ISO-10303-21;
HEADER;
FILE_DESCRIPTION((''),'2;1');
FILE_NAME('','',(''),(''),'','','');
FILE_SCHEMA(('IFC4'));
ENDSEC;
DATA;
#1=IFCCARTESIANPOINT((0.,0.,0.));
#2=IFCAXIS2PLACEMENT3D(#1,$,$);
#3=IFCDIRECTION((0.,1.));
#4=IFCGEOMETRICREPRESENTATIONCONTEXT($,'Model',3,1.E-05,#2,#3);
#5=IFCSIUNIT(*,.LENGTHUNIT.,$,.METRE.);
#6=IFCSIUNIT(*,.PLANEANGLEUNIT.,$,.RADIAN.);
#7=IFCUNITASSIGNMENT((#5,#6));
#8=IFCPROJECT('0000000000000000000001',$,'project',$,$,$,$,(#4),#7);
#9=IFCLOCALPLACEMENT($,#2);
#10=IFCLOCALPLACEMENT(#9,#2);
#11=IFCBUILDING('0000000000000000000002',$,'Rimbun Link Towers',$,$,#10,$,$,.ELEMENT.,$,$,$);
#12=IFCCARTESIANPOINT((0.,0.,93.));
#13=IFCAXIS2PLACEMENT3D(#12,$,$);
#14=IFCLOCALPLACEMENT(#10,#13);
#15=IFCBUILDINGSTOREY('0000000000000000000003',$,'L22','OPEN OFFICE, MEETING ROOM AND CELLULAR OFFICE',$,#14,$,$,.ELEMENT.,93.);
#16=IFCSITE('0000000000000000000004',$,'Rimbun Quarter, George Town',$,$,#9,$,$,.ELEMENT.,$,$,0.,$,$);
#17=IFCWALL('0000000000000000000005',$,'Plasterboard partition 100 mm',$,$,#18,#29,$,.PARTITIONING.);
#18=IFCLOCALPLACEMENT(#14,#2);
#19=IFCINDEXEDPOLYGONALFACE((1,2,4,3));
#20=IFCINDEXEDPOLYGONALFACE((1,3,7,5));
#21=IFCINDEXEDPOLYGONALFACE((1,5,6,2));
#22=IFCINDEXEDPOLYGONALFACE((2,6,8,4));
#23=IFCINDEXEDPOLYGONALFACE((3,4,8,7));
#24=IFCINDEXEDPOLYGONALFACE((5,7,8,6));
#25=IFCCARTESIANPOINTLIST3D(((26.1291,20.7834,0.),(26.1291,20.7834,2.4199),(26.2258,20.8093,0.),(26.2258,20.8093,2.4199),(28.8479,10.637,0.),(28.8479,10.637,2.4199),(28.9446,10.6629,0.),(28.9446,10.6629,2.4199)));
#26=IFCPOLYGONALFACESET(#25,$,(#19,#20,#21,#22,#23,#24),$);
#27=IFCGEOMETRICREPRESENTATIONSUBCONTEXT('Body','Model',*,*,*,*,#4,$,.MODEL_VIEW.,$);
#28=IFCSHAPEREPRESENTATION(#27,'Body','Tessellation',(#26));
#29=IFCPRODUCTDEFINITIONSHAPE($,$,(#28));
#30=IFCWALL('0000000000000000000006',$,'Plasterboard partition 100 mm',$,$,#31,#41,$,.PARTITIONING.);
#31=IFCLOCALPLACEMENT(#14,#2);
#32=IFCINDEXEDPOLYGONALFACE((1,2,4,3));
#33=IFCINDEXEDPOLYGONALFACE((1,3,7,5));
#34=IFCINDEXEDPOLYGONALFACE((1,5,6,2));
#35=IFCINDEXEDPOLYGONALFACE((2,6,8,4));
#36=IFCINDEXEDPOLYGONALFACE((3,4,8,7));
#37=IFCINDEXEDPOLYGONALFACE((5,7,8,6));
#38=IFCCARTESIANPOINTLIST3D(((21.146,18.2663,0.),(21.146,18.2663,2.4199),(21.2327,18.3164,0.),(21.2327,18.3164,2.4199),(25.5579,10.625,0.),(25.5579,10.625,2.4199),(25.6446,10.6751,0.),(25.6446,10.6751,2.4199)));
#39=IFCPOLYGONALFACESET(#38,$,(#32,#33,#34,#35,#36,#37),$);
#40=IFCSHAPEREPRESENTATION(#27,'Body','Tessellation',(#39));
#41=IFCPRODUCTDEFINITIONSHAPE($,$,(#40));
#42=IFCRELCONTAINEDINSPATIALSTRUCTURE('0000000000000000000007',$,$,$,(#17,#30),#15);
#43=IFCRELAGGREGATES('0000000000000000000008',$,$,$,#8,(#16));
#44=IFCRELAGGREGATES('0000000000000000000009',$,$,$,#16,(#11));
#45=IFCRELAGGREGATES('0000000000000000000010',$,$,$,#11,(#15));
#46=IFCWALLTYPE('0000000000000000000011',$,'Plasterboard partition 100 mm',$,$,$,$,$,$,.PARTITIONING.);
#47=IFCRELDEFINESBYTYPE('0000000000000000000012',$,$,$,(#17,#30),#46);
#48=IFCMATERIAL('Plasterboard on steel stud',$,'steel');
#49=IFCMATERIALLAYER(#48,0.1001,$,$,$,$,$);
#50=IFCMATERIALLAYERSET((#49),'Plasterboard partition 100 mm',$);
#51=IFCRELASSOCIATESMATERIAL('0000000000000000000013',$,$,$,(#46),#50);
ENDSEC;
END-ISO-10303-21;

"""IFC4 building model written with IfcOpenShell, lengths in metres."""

from ifc_helpers import new_model, si_unit, direction, frame, frame_2d, origin, place, context, subcontext, project, spatial, rectangle, extrude, material, layer, layer_set, type_object, element, save


model = new_model("IFC4")

# Units and contexts
model_context = context("Model", 3, precision=1e-05, world=origin(), true_north=direction((0.0, 1.0)))
body_context = subcontext(model_context, "Body", "Model", "MODEL_VIEW")
ifc_project = project(units=[si_unit("LENGTHUNIT", "METRE"), si_unit("PLANEANGLEUNIT", "RADIAN")], contexts=[model_context])

# Site, building, storey
site_placement = place(None, origin())
site = spatial("IfcSite", under=ifc_project, at=site_placement, Name="Rimbun Quarter, George Town", CompositionType="ELEMENT", RefElevation=0.0)
building_placement = place(site_placement, origin())
building = spatial("IfcBuilding", under=site, at=building_placement, Name="Rimbun Link Towers", CompositionType="ELEMENT")
storey_placement = place(building_placement, frame((0.0, 0.0, 93.0)))
storey = spatial("IfcBuildingStorey", under=building, at=storey_placement, Name="L22", Description="OPEN OFFICE, MEETING ROOM AND CELLULAR OFFICE", CompositionType="ELEMENT", Elevation=93.0)

# Walls
ifc_material_1 = material(Name="Plasterboard on steel stud", Category="steel")
ifc_layer_1 = layer(ifc_material_1, 0.1001)
ifc_layer_set_1 = layer_set([ifc_layer_1], Name="Plasterboard partition 100 mm")
wall_type = type_object("IfcWallType", Name="Plasterboard partition 100 mm", PredefinedType="PARTITIONING", material=ifc_layer_set_1)
wall_1_placement = place(storey_placement, frame((26.1775, 20.7964, 0.0), z_axis=(0.0, 0.0, 1.0), x_axis=(0.25882, -0.965926, 0.0)))
element("IfcWall", 1, at=wall_1_placement, inside=storey, type_object=wall_type, Name="Plasterboard partition 100 mm", PredefinedType="PARTITIONING", context=body_context, shape_type="SweptSolid", body=[
    extrude(rectangle(XDim=10.5044, YDim=0.1001, at=frame_2d((5.2522, 0.0))), origin(), (0.0, 0.0, 1.0), 2.4199),
])
wall_2_placement = place(storey_placement, frame((21.1895, 18.2913, 0.0), z_axis=(0.0, 0.0, 1.0), x_axis=(0.500011, -0.866019, 0.0)))
element("IfcWall", 2, at=wall_2_placement, inside=storey, type_object=wall_type, Name="Plasterboard partition 100 mm", PredefinedType="PARTITIONING", context=body_context, shape_type="SweptSolid", body=[
    extrude(rectangle(XDim=8.8235, YDim=0.1001, at=frame_2d((4.4116, 0.0))), origin(), (0.0, 0.0, 1.0), 2.4199),
])

save(model, "model.ifc")
